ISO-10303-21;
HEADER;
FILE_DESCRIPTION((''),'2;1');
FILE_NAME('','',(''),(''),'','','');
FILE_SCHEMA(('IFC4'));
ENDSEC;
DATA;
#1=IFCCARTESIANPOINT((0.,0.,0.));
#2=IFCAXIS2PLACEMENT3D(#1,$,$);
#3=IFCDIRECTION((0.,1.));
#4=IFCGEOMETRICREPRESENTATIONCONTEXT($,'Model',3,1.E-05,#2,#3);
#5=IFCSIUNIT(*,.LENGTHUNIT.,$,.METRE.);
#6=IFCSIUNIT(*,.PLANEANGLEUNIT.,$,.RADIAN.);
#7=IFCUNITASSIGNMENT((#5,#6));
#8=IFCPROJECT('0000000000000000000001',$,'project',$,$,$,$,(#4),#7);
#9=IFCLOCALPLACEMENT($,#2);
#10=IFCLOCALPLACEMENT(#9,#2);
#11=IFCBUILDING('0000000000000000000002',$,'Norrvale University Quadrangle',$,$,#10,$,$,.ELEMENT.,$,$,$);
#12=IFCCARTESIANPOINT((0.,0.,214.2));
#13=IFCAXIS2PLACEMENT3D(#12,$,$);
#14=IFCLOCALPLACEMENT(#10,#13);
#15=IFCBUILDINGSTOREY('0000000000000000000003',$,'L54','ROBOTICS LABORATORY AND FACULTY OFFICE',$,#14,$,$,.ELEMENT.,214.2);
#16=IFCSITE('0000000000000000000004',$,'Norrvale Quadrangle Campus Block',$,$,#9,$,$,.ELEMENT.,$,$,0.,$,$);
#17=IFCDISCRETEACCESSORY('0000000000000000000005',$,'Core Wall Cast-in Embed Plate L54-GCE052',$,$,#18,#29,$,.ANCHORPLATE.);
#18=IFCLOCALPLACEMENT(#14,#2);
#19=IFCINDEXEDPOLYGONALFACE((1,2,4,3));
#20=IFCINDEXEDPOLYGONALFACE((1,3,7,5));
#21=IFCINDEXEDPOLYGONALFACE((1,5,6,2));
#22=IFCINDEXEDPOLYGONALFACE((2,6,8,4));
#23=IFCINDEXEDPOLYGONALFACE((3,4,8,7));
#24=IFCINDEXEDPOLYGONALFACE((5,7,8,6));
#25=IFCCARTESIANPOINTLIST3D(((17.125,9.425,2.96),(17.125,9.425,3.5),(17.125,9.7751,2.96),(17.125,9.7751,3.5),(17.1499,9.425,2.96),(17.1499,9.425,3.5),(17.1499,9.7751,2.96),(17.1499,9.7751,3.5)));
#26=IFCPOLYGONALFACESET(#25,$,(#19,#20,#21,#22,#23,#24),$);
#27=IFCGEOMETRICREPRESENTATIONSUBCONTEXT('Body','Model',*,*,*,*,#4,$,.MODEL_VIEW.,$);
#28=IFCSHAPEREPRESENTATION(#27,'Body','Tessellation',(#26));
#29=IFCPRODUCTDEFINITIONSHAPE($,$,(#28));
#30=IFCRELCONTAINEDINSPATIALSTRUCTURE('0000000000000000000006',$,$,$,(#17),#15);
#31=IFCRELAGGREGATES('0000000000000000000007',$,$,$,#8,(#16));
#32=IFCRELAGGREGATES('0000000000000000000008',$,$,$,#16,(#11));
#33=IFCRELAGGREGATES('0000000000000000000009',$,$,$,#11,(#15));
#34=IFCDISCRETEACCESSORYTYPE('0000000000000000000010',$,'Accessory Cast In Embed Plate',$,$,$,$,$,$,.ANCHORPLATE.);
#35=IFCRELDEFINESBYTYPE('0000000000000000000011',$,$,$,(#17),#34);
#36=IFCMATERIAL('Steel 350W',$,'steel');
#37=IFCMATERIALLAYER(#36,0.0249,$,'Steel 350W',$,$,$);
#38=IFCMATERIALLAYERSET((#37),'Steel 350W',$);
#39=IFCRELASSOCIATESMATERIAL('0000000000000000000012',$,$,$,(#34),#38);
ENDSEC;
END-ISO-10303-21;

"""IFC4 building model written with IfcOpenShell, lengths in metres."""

from ifc_helpers import new_model, si_unit, direction, frame, origin, origin_2d, place, context, subcontext, project, spatial, rectangle, extrude, material, layer, layer_set, type_object, element, save


model = new_model("IFC4")

# Units and contexts
model_context = context("Model", 3, precision=1e-05, world=origin(), true_north=direction((0.0, 1.0)))
body_context = subcontext(model_context, "Body", "Model", "MODEL_VIEW")
ifc_project = project(units=[si_unit("LENGTHUNIT", "METRE"), si_unit("PLANEANGLEUNIT", "RADIAN")], contexts=[model_context])

# Site, building, storey
site_placement = place(None, origin())
site = spatial("IfcSite", under=ifc_project, at=site_placement, Name="Norrvale Quadrangle Campus Block", CompositionType="ELEMENT", RefElevation=0.0)
building_placement = place(site_placement, origin())
building = spatial("IfcBuilding", under=site, at=building_placement, Name="Norrvale University Quadrangle", CompositionType="ELEMENT")
storey_placement = place(building_placement, frame((0.0, 0.0, 214.2)))
storey = spatial("IfcBuildingStorey", under=building, at=storey_placement, Name="L54", Description="ROBOTICS LABORATORY AND FACULTY OFFICE", CompositionType="ELEMENT", Elevation=214.2)

# Shared definitions
ifc_material_1 = material(Name="Steel 350W", Category="steel")

# Discrete accessory
ifc_layer_1 = layer(ifc_material_1, 0.0249, Name="Steel 350W")
ifc_layer_set_1 = layer_set([ifc_layer_1], Name="Steel 350W")
discrete_accessory_type = type_object("IfcDiscreteAccessoryType", Name="Accessory Cast In Embed Plate", PredefinedType="ANCHORPLATE", material=ifc_layer_set_1)
discrete_accessory_placement = place(storey_placement, frame((17.1375, 9.6001, 2.96), z_axis=(0.0, 0.0, 1.0), x_axis=(1.0, 0.0, 0.0)))
element("IfcDiscreteAccessory", 1, at=discrete_accessory_placement, inside=storey, type_object=discrete_accessory_type, Name="Core Wall Cast-in Embed Plate L54-GCE052", PredefinedType="ANCHORPLATE", context=body_context, shape_type="SweptSolid", body=[
    extrude(rectangle(XDim=0.0249, YDim=0.3501, at=origin_2d()), origin(), (0.0, 0.0, 1.0), 0.54),
])

save(model, "model.ifc")
